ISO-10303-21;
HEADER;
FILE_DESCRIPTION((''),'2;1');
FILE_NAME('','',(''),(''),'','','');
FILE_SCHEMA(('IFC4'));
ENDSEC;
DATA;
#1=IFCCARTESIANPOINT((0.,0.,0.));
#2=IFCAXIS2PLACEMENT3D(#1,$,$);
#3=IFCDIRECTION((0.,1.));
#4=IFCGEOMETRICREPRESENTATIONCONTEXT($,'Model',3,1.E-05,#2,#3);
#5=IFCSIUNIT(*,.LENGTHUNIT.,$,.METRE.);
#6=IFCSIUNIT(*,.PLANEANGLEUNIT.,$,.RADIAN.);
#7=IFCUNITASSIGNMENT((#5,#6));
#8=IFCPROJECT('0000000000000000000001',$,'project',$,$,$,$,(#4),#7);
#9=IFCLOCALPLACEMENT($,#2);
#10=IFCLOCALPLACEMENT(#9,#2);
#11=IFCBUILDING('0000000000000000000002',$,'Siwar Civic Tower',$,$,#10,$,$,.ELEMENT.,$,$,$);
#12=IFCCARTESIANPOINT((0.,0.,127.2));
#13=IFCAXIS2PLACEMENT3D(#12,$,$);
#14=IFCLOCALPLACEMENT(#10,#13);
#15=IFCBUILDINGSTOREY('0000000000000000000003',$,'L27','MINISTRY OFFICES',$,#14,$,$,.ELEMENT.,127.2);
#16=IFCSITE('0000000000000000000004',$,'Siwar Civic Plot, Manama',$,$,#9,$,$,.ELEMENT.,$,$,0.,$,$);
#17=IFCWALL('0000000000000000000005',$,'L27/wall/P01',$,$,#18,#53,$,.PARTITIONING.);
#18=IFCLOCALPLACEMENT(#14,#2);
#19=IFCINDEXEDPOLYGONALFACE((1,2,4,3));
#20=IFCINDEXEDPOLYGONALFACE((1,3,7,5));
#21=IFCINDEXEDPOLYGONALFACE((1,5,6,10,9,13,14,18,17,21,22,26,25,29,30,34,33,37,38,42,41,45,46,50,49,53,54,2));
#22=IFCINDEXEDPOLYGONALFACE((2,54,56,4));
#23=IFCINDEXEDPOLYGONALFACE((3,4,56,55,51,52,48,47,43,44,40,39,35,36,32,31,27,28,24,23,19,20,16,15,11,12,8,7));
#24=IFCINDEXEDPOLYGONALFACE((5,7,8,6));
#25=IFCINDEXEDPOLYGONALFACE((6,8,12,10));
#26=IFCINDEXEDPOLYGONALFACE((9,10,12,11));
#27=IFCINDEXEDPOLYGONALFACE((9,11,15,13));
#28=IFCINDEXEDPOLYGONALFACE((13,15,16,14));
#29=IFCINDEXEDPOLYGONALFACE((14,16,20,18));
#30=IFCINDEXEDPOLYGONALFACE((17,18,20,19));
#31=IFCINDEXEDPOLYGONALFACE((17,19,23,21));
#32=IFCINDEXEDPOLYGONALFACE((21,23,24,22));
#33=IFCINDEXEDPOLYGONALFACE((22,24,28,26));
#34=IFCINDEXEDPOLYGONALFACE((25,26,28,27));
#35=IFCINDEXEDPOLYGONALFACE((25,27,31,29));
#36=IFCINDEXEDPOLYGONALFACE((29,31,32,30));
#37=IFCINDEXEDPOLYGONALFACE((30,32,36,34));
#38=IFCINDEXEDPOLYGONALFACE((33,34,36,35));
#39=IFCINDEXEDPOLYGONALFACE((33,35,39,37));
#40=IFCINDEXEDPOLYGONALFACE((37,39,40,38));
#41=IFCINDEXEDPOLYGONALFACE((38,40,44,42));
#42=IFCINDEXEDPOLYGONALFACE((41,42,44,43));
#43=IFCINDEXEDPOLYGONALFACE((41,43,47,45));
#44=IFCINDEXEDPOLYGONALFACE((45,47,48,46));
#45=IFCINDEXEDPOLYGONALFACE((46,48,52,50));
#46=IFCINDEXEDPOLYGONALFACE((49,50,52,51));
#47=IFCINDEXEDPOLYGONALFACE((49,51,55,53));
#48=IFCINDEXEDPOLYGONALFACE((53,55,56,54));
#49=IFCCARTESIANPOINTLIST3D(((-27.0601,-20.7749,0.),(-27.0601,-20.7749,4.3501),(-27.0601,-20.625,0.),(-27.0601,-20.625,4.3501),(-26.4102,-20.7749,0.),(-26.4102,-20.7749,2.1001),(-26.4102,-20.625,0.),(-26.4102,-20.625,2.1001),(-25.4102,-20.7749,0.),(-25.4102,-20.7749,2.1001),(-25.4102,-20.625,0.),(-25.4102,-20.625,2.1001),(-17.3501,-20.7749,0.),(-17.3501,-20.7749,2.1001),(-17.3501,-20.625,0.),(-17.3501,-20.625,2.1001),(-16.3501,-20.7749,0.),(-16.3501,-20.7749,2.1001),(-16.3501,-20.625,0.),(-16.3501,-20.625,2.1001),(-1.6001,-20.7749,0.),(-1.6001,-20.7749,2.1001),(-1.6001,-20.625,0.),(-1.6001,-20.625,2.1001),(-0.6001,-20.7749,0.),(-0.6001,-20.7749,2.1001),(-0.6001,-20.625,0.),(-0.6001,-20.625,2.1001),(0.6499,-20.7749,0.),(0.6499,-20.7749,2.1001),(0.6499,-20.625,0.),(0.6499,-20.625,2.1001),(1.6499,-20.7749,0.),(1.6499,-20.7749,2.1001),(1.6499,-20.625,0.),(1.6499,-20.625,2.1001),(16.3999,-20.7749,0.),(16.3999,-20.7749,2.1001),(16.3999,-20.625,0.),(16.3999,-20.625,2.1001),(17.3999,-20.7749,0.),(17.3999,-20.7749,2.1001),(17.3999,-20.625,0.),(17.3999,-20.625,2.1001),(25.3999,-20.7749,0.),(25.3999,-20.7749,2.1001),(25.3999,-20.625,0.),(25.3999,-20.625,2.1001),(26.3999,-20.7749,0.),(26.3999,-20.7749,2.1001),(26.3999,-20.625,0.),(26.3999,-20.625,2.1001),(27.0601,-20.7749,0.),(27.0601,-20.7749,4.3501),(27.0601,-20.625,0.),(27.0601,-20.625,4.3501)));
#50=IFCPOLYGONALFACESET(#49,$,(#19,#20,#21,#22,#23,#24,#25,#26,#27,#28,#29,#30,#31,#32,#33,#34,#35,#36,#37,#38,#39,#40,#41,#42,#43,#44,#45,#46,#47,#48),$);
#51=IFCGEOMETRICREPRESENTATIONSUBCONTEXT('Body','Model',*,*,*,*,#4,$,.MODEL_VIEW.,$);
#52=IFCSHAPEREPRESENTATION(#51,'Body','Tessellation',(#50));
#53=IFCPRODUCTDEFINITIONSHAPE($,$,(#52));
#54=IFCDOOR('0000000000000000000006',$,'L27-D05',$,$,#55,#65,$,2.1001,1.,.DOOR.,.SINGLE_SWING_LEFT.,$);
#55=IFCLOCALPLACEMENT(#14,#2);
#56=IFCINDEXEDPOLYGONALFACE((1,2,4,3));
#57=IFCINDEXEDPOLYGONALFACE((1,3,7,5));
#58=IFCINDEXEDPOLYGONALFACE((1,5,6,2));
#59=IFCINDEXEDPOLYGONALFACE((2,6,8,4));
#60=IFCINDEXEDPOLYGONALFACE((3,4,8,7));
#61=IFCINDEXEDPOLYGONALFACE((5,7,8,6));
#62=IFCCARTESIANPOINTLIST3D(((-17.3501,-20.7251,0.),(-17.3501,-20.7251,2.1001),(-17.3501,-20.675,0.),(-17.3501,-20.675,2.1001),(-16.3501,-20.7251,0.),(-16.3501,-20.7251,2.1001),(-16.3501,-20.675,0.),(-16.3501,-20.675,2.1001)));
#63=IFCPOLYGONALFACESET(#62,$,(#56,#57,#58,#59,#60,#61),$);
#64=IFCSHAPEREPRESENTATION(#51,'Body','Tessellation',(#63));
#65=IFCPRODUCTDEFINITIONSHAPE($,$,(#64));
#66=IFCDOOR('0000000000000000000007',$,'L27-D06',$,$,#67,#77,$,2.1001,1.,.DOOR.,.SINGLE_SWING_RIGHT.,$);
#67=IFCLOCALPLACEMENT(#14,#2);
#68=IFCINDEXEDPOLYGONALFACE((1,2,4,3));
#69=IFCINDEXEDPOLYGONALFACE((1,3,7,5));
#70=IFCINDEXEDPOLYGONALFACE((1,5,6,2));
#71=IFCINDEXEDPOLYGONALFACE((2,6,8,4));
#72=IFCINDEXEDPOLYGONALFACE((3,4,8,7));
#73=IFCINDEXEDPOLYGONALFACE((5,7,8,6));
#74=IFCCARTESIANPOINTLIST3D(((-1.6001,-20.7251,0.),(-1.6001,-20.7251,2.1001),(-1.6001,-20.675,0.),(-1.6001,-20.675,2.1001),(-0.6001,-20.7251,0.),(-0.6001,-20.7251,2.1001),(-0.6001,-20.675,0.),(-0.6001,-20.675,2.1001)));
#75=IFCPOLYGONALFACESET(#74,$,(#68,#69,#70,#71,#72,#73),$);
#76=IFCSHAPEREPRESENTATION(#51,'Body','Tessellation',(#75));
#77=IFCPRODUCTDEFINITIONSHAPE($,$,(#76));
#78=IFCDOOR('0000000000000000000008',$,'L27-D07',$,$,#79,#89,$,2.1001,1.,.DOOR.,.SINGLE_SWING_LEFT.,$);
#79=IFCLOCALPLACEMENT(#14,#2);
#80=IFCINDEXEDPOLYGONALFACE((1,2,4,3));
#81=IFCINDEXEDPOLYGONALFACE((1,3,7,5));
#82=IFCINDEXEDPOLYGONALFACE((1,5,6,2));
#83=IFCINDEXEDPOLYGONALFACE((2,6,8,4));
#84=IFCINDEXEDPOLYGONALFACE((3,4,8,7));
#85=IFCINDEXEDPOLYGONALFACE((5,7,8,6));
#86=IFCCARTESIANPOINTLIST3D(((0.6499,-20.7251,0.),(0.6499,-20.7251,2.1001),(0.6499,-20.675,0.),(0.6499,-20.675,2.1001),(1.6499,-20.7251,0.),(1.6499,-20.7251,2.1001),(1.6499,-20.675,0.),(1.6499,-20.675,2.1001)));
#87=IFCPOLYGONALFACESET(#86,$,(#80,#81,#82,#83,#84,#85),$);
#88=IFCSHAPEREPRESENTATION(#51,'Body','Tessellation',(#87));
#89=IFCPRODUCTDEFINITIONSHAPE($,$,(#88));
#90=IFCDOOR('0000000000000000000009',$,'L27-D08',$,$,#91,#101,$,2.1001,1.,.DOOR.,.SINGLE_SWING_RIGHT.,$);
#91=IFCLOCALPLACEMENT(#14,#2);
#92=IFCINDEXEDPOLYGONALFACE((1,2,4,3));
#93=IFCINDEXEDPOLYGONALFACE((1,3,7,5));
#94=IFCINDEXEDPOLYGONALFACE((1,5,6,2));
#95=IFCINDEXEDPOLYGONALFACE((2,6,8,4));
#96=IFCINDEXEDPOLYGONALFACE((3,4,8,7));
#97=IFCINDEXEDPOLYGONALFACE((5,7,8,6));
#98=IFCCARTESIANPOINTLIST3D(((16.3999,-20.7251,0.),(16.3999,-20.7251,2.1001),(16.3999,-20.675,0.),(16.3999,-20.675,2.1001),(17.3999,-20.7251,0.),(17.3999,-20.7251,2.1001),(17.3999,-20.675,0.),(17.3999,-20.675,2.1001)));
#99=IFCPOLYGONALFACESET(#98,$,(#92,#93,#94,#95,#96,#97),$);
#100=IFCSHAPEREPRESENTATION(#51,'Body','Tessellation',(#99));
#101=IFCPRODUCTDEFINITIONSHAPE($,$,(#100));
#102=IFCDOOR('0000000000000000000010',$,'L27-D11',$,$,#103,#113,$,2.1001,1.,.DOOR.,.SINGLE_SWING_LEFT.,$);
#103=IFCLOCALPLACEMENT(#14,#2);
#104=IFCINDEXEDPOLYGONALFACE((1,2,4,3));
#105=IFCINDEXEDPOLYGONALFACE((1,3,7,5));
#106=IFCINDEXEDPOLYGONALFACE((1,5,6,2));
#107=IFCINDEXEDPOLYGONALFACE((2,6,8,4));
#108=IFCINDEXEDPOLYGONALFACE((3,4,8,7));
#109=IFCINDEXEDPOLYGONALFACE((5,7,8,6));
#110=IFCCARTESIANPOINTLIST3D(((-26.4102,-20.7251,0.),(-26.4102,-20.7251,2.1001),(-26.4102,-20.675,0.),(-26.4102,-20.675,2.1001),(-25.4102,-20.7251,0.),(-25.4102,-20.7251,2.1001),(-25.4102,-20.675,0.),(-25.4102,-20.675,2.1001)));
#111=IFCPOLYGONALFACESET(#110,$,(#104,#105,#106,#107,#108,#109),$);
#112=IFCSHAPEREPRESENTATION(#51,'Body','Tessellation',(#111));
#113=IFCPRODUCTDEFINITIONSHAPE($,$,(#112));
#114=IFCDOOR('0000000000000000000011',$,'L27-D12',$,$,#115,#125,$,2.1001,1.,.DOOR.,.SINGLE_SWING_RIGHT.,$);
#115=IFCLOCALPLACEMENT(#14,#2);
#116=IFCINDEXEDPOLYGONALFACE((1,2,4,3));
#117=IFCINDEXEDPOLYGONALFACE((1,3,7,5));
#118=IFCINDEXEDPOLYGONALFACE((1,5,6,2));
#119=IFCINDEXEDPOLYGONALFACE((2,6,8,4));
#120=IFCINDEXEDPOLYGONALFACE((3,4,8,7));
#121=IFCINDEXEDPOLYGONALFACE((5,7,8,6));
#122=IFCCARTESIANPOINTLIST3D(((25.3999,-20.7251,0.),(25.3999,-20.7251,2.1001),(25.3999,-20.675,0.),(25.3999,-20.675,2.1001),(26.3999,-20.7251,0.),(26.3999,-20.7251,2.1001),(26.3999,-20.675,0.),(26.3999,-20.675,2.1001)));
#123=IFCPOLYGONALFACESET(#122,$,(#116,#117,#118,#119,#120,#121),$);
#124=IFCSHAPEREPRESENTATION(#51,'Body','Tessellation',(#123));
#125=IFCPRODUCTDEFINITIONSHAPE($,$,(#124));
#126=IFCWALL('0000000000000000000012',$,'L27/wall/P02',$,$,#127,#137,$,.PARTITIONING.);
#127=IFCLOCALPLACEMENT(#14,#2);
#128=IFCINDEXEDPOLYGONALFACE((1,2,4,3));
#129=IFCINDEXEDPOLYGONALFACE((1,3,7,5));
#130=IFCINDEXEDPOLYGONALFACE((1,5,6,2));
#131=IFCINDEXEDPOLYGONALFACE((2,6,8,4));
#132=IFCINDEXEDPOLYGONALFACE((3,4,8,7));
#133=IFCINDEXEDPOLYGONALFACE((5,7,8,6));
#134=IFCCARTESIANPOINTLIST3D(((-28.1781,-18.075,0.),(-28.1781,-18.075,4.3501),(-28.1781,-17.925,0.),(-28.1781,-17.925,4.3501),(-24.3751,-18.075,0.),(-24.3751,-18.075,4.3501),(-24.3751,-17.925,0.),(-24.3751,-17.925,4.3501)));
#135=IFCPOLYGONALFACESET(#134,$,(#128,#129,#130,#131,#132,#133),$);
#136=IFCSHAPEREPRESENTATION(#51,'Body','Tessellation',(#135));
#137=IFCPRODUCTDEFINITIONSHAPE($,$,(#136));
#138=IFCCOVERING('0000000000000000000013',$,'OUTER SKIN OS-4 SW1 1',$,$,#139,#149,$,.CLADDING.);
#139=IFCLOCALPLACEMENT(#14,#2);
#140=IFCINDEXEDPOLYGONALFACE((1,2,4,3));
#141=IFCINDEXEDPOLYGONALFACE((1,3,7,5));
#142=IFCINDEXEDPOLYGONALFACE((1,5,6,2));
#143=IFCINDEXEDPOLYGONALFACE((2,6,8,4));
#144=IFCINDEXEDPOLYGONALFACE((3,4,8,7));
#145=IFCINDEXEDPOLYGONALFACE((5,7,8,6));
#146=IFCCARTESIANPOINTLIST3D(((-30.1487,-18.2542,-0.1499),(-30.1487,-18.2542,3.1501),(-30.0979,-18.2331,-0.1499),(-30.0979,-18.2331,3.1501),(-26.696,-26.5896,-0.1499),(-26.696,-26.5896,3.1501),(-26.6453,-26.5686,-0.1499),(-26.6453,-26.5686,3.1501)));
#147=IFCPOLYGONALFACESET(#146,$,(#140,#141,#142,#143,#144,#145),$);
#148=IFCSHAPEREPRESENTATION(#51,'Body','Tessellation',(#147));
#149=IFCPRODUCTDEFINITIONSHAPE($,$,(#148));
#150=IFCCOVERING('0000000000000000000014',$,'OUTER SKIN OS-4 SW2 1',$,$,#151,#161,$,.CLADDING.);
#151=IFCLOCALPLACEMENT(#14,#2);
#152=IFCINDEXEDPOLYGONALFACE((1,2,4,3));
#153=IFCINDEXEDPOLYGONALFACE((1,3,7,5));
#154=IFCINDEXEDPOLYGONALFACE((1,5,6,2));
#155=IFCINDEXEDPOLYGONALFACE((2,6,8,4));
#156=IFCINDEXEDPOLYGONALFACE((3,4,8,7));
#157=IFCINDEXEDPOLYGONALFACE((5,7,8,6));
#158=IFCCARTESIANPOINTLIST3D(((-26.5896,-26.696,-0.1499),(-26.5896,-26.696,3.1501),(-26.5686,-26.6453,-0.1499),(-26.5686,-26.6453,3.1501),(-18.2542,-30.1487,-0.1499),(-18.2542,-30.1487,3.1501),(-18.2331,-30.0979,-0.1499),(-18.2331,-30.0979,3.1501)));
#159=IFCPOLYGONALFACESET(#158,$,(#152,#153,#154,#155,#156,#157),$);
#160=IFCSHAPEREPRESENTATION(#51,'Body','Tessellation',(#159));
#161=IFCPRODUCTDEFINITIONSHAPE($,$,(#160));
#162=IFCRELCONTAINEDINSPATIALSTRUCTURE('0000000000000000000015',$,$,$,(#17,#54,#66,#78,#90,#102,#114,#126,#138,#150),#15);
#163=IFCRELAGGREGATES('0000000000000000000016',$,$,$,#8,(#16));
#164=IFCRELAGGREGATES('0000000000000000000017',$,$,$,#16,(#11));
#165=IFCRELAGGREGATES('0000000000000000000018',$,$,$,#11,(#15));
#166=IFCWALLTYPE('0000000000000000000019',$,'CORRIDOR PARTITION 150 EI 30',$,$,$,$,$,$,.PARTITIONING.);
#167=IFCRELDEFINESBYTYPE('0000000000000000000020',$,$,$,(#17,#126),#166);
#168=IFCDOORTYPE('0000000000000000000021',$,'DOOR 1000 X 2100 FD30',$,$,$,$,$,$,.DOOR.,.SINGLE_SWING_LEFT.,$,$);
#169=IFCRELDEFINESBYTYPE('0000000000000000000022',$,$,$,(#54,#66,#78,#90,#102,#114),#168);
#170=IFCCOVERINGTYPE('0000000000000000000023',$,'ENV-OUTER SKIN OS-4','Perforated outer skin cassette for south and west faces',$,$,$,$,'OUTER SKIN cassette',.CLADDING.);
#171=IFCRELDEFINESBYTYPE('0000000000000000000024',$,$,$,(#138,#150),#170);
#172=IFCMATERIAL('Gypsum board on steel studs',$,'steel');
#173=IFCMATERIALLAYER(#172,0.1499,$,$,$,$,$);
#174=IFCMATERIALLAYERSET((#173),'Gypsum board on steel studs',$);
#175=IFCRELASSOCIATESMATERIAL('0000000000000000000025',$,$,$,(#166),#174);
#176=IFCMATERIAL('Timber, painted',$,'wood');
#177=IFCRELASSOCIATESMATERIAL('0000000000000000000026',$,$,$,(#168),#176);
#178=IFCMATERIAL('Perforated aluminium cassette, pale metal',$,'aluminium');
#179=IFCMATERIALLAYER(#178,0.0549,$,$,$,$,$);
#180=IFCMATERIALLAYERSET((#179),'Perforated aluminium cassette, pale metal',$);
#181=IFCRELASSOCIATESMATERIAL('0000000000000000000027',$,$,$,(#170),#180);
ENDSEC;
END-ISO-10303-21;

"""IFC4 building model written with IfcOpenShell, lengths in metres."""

from ifc_helpers import new_model, si_unit, direction, frame, frame_2d, origin, origin_2d, place, context, subcontext, project, spatial, rectangle, extrude, material, layer, layer_set, type_object, element, fill, save


model = new_model("IFC4")

# Units and contexts
model_context = context("Model", 3, precision=1e-05, world=origin(), true_north=direction((0.0, 1.0)))
body_context = subcontext(model_context, "Body", "Model", "MODEL_VIEW")
ifc_project = project(units=[si_unit("LENGTHUNIT", "METRE"), si_unit("PLANEANGLEUNIT", "RADIAN")], contexts=[model_context])

# Site, building, storey
site_placement = place(None, origin())
site = spatial("IfcSite", under=ifc_project, at=site_placement, Name="Siwar Civic Plot, Manama", CompositionType="ELEMENT", RefElevation=0.0)
building_placement = place(site_placement, origin())
building = spatial("IfcBuilding", under=site, at=building_placement, Name="Siwar Civic Tower", CompositionType="ELEMENT")
storey_placement = place(building_placement, frame((0.0, 0.0, 127.2)))
storey = spatial("IfcBuildingStorey", under=building, at=storey_placement, Name="L27", Description="MINISTRY OFFICES", CompositionType="ELEMENT", Elevation=127.2)

# Wall, openings, doors
ifc_material_1 = material(Name="Gypsum board on steel studs", Category="steel")
ifc_layer_1 = layer(ifc_material_1, 0.1499)
ifc_layer_set_1 = layer_set([ifc_layer_1], Name="Gypsum board on steel studs")
wall_type = type_object("IfcWallType", Name="CORRIDOR PARTITION 150 EI 30", PredefinedType="PARTITIONING", material=ifc_layer_set_1)
wall_1_placement = place(storey_placement, frame((-27.0601, -20.7, 0.0), z_axis=(0.0, 0.0, 1.0), x_axis=(1.0, 0.0, 0.0)))
wall_1 = element("IfcWall", 1, at=wall_1_placement, inside=storey, type_object=wall_type, Name="L27/wall/P01", PredefinedType="PARTITIONING", context=body_context, shape_type="SweptSolid", body=[
    extrude(rectangle(XDim=54.1201, YDim=0.1499, at=frame_2d((27.0601, 0.0))), origin(), (0.0, 0.0, 1.0), 4.3501),
])
opening_1_placement = place(wall_1_placement, frame((9.71, 0.0, 0.0)))
opening_1 = element("IfcOpeningElement", 2, at=opening_1_placement, cuts=wall_1, PredefinedType="OPENING", context=body_context, shape_type="SweptSolid", body=[
    extrude(rectangle(XDim=1.0, YDim=2.1001, at=frame_2d((0.5, 1.05))), frame((0.0, 0.085, 0.0), z_axis=(0.0, -1.0, 0.0), x_axis=(1.0, 0.0, 0.0)), (0.0, 0.0, 1.0), 0.1699),
])
opening_2_placement = place(wall_1_placement, frame((25.46, 0.0, 0.0)))
opening_2 = element("IfcOpeningElement", 3, at=opening_2_placement, cuts=wall_1, PredefinedType="OPENING", context=body_context, shape_type="SweptSolid", body=[
    extrude(rectangle(XDim=1.0, YDim=2.1001, at=frame_2d((0.5, 1.05))), frame((0.0, 0.085, 0.0), z_axis=(0.0, -1.0, 0.0), x_axis=(1.0, 0.0, 0.0)), (0.0, 0.0, 1.0), 0.1699),
])
opening_3_placement = place(wall_1_placement, frame((27.71, 0.0, 0.0)))
opening_3 = element("IfcOpeningElement", 4, at=opening_3_placement, cuts=wall_1, PredefinedType="OPENING", context=body_context, shape_type="SweptSolid", body=[
    extrude(rectangle(XDim=1.0, YDim=2.1001, at=frame_2d((0.5, 1.05))), frame((0.0, 0.085, 0.0), z_axis=(0.0, -1.0, 0.0), x_axis=(1.0, 0.0, 0.0)), (0.0, 0.0, 1.0), 0.1699),
])
opening_4_placement = place(wall_1_placement, frame((43.46, 0.0, 0.0)))
opening_4 = element("IfcOpeningElement", 5, at=opening_4_placement, cuts=wall_1, PredefinedType="OPENING", context=body_context, shape_type="SweptSolid", body=[
    extrude(rectangle(XDim=1.0, YDim=2.1001, at=frame_2d((0.5, 1.05))), frame((0.0, 0.085, 0.0), z_axis=(0.0, -1.0, 0.0), x_axis=(1.0, 0.0, 0.0)), (0.0, 0.0, 1.0), 0.1699),
])
opening_5_placement = place(wall_1_placement, frame((0.6499, 0.0, 0.0)))
opening_5 = element("IfcOpeningElement", 6, at=opening_5_placement, cuts=wall_1, PredefinedType="OPENING", context=body_context, shape_type="SweptSolid", body=[
    extrude(rectangle(XDim=1.0, YDim=2.1001, at=frame_2d((0.5, 1.05))), frame((0.0, 0.085, 0.0), z_axis=(0.0, -1.0, 0.0), x_axis=(1.0, 0.0, 0.0)), (0.0, 0.0, 1.0), 0.1699),
])
opening_6_placement = place(wall_1_placement, frame((52.46, 0.0, 0.0)))
opening_6 = element("IfcOpeningElement", 7, at=opening_6_placement, cuts=wall_1, PredefinedType="OPENING", context=body_context, shape_type="SweptSolid", body=[
    extrude(rectangle(XDim=1.0, YDim=2.1001, at=frame_2d((0.5, 1.05))), frame((0.0, 0.085, 0.0), z_axis=(0.0, -1.0, 0.0), x_axis=(1.0, 0.0, 0.0)), (0.0, 0.0, 1.0), 0.1699),
])
ifc_material_2 = material(Name="Timber, painted", Category="wood")
door_type = type_object("IfcDoorType", Name="DOOR 1000 X 2100 FD30", OperationType="SINGLE_SWING_LEFT", PredefinedType="DOOR", material=ifc_material_2)
door_1_placement = place(opening_1_placement, origin())
door_1 = element("IfcDoor", 8, at=door_1_placement, inside=storey, type_object=door_type, Name="L27-D05", OperationType="SINGLE_SWING_LEFT", OverallHeight=2.1001, OverallWidth=1.0, PredefinedType="DOOR", context=body_context, shape_type="SweptSolid", body=[
    extrude(rectangle(XDim=1.0, YDim=2.1001, at=frame_2d((0.5, 1.05))), frame((0.0, 0.0249, 0.0), z_axis=(0.0, -1.0, 0.0), x_axis=(1.0, 0.0, 0.0)), (0.0, 0.0, 1.0), 0.05),
])
fill(opening_1, door_1)
door_2_placement = place(opening_2_placement, origin())
door_2 = element("IfcDoor", 9, at=door_2_placement, inside=storey, type_object=door_type, Name="L27-D06", OperationType="SINGLE_SWING_RIGHT", OverallHeight=2.1001, OverallWidth=1.0, PredefinedType="DOOR", context=body_context, shape_type="SweptSolid", body=[
    extrude(rectangle(XDim=1.0, YDim=2.1001, at=frame_2d((0.5, 1.05))), frame((0.0, 0.0249, 0.0), z_axis=(0.0, -1.0, 0.0), x_axis=(1.0, 0.0, 0.0)), (0.0, 0.0, 1.0), 0.05),
])
fill(opening_2, door_2)
door_3_placement = place(opening_3_placement, origin())
door_3 = element("IfcDoor", 10, at=door_3_placement, inside=storey, type_object=door_type, Name="L27-D07", OperationType="SINGLE_SWING_LEFT", OverallHeight=2.1001, OverallWidth=1.0, PredefinedType="DOOR", context=body_context, shape_type="SweptSolid", body=[
    extrude(rectangle(XDim=1.0, YDim=2.1001, at=frame_2d((0.5, 1.05))), frame((0.0, 0.0249, 0.0), z_axis=(0.0, -1.0, 0.0), x_axis=(1.0, 0.0, 0.0)), (0.0, 0.0, 1.0), 0.05),
])
fill(opening_3, door_3)
door_4_placement = place(opening_4_placement, origin())
door_4 = element("IfcDoor", 11, at=door_4_placement, inside=storey, type_object=door_type, Name="L27-D08", OperationType="SINGLE_SWING_RIGHT", OverallHeight=2.1001, OverallWidth=1.0, PredefinedType="DOOR", context=body_context, shape_type="SweptSolid", body=[
    extrude(rectangle(XDim=1.0, YDim=2.1001, at=frame_2d((0.5, 1.05))), frame((0.0, 0.0249, 0.0), z_axis=(0.0, -1.0, 0.0), x_axis=(1.0, 0.0, 0.0)), (0.0, 0.0, 1.0), 0.05),
])
fill(opening_4, door_4)
door_5_placement = place(opening_5_placement, origin())
door_5 = element("IfcDoor", 12, at=door_5_placement, inside=storey, type_object=door_type, Name="L27-D11", OperationType="SINGLE_SWING_LEFT", OverallHeight=2.1001, OverallWidth=1.0, PredefinedType="DOOR", context=body_context, shape_type="SweptSolid", body=[
    extrude(rectangle(XDim=1.0, YDim=2.1001, at=frame_2d((0.5, 1.05))), frame((0.0, 0.0249, 0.0), z_axis=(0.0, -1.0, 0.0), x_axis=(1.0, 0.0, 0.0)), (0.0, 0.0, 1.0), 0.05),
])
fill(opening_5, door_5)
door_6_placement = place(opening_6_placement, origin())
door_6 = element("IfcDoor", 13, at=door_6_placement, inside=storey, type_object=door_type, Name="L27-D12", OperationType="SINGLE_SWING_RIGHT", OverallHeight=2.1001, OverallWidth=1.0, PredefinedType="DOOR", context=body_context, shape_type="SweptSolid", body=[
    extrude(rectangle(XDim=1.0, YDim=2.1001, at=frame_2d((0.5, 1.05))), frame((0.0, 0.0249, 0.0), z_axis=(0.0, -1.0, 0.0), x_axis=(1.0, 0.0, 0.0)), (0.0, 0.0, 1.0), 0.05),
])
fill(opening_6, door_6)

# Wall
wall_2_placement = place(storey_placement, frame((-28.178, -18.0, 0.0), z_axis=(0.0, 0.0, 1.0), x_axis=(1.0, 0.0, 0.0)))
element("IfcWall", 14, at=wall_2_placement, inside=storey, type_object=wall_type, Name="L27/wall/P02", PredefinedType="PARTITIONING", context=body_context, shape_type="SweptSolid", body=[
    extrude(rectangle(XDim=3.803, YDim=0.1499, at=frame_2d((1.9014, 0.0))), origin(), (0.0, 0.0, 1.0), 4.3501),
])

# Coverings
ifc_material_3 = material(Name="Perforated aluminium cassette, pale metal", Category="aluminium")
ifc_layer_2 = layer(ifc_material_3, 0.0549)
ifc_layer_set_2 = layer_set([ifc_layer_2], Name="Perforated aluminium cassette, pale metal")
covering_type = type_object("IfcCoveringType", Name="ENV-OUTER SKIN OS-4", Description="Perforated outer skin cassette for south and west faces", ElementType="OUTER SKIN cassette", PredefinedType="CLADDING", material=ifc_layer_set_2)
for number, where, z_axis, x_axis, name in (
    (15, (-28.397, -22.4114, -0.1499), (0.0, 0.0, 1.0), (0.382683, -0.92388, 0.0), "OUTER SKIN OS-4 SW1 1"),
    (16, (-22.4114, -28.397, -0.1499), (0.0, 0.0, 1.0), (0.92388, -0.382683, 0.0), "OUTER SKIN OS-4 SW2 1"),
):
    element("IfcCovering", number, at=place(storey_placement, frame(where, z_axis=z_axis, x_axis=x_axis)), inside=storey, type_object=covering_type, Name=name, PredefinedType="CLADDING", context=body_context, shape_type="SweptSolid", body=[
        extrude(rectangle(XDim=9.0222, YDim=0.0549, at=origin_2d()), origin(), (0.0, 0.0, 1.0), 3.3),
    ])

save(model, "model.ifc")
